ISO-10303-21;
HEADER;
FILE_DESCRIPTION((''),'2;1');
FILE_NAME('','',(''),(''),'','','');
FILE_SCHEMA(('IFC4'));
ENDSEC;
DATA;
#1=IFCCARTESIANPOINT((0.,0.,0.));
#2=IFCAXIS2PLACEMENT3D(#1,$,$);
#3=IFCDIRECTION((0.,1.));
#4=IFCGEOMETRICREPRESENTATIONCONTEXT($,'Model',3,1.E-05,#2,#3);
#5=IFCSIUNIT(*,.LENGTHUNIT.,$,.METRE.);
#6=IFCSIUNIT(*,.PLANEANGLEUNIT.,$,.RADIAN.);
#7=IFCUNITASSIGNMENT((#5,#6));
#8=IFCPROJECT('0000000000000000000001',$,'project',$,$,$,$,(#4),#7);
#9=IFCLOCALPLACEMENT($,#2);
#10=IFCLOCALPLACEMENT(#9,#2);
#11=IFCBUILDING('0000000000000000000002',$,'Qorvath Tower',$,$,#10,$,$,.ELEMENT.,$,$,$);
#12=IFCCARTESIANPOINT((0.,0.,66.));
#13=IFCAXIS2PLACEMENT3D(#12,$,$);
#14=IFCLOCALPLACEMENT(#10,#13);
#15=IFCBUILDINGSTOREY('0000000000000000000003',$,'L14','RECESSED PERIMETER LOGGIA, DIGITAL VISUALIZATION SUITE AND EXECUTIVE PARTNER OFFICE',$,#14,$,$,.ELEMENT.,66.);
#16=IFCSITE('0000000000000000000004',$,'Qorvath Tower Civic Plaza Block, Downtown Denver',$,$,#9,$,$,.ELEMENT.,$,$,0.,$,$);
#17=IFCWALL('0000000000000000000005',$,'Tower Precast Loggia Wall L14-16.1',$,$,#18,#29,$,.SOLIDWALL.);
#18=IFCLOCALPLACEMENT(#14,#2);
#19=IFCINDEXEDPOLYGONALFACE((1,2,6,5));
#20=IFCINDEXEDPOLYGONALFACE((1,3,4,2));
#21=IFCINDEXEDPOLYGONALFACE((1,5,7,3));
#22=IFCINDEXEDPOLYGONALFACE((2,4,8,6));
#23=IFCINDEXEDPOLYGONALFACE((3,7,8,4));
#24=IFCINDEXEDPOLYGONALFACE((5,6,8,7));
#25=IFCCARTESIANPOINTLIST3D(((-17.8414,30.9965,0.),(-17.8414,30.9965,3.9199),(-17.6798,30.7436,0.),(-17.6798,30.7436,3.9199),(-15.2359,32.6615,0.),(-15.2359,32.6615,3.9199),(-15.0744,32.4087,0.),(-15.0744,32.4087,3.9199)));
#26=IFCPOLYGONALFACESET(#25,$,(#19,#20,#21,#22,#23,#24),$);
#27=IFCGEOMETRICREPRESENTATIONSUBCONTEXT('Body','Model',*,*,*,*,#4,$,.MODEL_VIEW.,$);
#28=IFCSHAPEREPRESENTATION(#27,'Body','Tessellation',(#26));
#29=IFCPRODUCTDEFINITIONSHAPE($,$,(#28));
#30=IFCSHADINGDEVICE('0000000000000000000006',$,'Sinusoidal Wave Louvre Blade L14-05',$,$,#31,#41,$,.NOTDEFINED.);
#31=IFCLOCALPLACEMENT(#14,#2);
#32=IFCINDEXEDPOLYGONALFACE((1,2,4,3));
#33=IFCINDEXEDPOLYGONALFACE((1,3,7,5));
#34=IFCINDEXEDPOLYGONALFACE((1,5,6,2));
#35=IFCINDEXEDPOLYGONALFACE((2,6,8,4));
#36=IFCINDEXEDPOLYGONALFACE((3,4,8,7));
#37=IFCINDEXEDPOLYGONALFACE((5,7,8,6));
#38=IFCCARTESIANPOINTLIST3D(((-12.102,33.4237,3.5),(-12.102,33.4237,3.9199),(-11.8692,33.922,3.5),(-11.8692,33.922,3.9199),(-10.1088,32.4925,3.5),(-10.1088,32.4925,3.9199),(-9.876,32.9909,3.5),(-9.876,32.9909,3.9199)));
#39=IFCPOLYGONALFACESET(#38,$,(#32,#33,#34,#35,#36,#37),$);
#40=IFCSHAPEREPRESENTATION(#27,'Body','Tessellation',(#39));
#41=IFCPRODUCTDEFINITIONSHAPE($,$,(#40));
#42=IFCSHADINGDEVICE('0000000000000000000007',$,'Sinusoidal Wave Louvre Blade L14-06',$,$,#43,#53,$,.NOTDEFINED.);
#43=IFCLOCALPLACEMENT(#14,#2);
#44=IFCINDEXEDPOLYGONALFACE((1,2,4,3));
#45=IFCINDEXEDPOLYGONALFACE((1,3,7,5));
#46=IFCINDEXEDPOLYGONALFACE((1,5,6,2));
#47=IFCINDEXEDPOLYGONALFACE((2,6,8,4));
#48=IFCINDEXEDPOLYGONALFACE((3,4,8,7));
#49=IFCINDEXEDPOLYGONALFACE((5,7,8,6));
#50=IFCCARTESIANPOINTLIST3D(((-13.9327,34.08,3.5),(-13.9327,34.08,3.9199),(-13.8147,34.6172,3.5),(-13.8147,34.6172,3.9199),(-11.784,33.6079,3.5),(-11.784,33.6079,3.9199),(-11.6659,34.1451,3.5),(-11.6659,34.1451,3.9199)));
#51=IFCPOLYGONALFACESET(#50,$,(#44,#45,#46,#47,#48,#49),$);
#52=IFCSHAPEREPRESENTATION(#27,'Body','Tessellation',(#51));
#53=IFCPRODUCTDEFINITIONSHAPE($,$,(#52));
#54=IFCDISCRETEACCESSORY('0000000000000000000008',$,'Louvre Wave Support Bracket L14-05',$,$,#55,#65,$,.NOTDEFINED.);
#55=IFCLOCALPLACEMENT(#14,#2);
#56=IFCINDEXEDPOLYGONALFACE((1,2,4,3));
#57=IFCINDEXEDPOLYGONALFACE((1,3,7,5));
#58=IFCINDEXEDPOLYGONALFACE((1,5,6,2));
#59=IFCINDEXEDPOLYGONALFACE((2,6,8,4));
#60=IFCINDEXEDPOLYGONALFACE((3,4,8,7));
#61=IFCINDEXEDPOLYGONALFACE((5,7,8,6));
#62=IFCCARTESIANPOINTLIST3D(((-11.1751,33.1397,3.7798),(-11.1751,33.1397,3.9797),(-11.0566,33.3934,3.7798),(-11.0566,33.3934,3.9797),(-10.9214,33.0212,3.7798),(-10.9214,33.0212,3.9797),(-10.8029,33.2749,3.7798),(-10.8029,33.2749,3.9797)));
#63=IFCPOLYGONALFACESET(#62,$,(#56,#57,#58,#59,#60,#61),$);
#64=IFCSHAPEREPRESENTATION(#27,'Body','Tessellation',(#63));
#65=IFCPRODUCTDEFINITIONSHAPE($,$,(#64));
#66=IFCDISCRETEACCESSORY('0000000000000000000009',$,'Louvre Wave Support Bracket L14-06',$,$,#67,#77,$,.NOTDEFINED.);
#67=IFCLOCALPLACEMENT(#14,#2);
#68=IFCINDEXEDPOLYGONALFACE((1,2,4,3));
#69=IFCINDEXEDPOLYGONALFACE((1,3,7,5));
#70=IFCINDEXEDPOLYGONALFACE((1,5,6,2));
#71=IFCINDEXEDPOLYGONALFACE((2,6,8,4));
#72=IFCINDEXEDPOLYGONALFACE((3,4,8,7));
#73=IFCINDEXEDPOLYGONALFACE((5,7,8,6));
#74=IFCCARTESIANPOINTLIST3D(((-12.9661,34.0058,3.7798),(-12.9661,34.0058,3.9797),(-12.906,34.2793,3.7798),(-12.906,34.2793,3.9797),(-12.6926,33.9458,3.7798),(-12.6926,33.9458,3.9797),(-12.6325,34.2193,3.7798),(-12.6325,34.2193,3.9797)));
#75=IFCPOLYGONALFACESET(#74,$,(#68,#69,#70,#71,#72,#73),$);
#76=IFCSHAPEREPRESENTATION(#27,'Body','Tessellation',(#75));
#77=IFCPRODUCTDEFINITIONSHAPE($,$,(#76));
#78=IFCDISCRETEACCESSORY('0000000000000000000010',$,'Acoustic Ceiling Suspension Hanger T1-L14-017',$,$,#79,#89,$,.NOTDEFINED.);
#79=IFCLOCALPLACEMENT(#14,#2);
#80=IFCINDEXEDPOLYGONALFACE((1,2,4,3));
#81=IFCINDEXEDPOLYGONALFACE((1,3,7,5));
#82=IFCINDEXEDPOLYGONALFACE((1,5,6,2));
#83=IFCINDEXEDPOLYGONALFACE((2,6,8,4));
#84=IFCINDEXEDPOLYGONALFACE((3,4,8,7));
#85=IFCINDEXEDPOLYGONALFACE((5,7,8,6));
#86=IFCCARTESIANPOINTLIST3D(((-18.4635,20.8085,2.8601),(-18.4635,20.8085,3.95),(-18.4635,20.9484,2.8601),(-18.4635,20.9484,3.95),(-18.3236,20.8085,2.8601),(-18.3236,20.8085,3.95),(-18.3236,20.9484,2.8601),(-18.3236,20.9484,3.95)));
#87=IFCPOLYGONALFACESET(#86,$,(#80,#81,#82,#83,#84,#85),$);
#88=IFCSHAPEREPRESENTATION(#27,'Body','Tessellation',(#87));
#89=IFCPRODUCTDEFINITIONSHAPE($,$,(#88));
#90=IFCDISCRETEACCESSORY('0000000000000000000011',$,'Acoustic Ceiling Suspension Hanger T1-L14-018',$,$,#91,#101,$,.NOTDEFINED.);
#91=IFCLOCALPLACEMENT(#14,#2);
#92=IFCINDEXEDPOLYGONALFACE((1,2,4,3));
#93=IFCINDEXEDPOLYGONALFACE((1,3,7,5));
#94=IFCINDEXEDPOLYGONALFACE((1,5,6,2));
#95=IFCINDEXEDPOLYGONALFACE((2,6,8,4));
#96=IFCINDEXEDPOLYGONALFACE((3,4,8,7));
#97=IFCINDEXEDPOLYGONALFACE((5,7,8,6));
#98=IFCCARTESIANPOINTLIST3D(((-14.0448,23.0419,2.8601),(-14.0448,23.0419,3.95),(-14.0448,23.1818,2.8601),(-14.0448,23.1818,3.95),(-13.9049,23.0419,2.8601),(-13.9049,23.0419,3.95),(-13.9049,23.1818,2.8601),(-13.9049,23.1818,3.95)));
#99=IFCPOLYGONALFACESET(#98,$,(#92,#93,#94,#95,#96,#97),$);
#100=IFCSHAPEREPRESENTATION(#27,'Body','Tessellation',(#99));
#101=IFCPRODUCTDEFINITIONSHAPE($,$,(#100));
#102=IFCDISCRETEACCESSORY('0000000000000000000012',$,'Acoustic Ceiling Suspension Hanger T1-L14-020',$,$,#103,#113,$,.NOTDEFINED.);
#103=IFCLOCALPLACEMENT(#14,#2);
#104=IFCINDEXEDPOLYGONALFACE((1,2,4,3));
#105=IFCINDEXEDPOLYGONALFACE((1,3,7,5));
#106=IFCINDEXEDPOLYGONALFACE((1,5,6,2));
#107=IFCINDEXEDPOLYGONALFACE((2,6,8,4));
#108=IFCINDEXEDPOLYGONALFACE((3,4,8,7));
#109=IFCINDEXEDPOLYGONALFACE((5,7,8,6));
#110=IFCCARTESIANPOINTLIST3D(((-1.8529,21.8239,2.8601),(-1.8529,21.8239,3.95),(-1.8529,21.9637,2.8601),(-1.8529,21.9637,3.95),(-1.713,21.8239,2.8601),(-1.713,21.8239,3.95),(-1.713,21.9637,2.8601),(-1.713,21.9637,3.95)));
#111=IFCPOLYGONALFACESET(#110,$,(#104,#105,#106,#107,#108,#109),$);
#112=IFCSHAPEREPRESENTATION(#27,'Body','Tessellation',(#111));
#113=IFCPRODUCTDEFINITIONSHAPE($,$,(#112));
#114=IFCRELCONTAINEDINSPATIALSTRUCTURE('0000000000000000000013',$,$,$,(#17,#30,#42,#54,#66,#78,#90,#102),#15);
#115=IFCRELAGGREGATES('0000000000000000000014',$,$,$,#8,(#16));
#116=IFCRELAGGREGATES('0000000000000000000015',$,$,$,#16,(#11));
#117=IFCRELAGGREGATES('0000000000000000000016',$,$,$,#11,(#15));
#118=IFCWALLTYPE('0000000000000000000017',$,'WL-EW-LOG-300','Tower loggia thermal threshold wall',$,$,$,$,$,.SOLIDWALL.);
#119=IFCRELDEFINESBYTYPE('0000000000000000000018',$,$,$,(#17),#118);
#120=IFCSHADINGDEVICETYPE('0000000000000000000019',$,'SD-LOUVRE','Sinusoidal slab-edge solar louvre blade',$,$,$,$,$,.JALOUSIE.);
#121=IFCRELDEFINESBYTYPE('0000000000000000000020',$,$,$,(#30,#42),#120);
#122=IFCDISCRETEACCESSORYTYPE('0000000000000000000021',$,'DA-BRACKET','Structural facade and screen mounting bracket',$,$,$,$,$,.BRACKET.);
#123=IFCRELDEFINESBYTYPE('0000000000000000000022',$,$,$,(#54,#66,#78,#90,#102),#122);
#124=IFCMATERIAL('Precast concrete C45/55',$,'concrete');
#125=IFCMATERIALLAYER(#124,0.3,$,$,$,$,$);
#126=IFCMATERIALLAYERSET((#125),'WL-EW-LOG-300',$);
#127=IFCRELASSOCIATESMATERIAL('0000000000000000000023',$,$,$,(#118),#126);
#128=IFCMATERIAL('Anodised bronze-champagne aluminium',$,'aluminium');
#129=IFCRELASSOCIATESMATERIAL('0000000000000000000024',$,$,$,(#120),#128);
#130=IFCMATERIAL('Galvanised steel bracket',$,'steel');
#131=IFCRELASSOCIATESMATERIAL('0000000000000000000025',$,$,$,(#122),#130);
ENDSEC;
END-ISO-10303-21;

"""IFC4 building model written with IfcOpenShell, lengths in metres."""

from ifc_helpers import new_model, si_unit, direction, frame, frame_2d, origin, origin_2d, place, context, subcontext, project, spatial, rectangle, extrude, material, layer, layer_set, type_object, element, save


model = new_model("IFC4")

# Units and contexts
model_context = context("Model", 3, precision=1e-05, world=origin(), true_north=direction((0.0, 1.0)))
body_context = subcontext(model_context, "Body", "Model", "MODEL_VIEW")
ifc_project = project(units=[si_unit("LENGTHUNIT", "METRE"), si_unit("PLANEANGLEUNIT", "RADIAN")], contexts=[model_context])

# Site, building, storey
site_placement = place(None, origin())
site = spatial("IfcSite", under=ifc_project, at=site_placement, Name="Qorvath Tower Civic Plaza Block, Downtown Denver", CompositionType="ELEMENT", RefElevation=0.0)
building_placement = place(site_placement, origin())
building = spatial("IfcBuilding", under=site, at=building_placement, Name="Qorvath Tower", CompositionType="ELEMENT")
storey_placement = place(building_placement, frame((0.0, 0.0, 66.0)))
storey = spatial("IfcBuildingStorey", under=building, at=storey_placement, Name="L14", Description="RECESSED PERIMETER LOGGIA, DIGITAL VISUALIZATION SUITE AND EXECUTIVE PARTNER OFFICE", CompositionType="ELEMENT", Elevation=66.0)

# Wall
ifc_material_1 = material(Name="Precast concrete C45/55", Category="concrete")
ifc_layer_1 = layer(ifc_material_1, 0.3)
ifc_layer_set_1 = layer_set([ifc_layer_1], Name="WL-EW-LOG-300")
wall_type = type_object("IfcWallType", Name="WL-EW-LOG-300", Description="Tower loggia thermal threshold wall", PredefinedType="SOLIDWALL", material=ifc_layer_set_1)
wall_placement = place(storey_placement, frame((-17.7605, 30.8701, 0.0), z_axis=(0.0, 0.0, 1.0), x_axis=(0.842633, 0.538489, 0.0)))
element("IfcWall", 1, at=wall_placement, inside=storey, type_object=wall_type, Name="Tower Precast Loggia Wall L14-16.1", PredefinedType="SOLIDWALL", context=body_context, shape_type="SweptSolid", body=[
    extrude(rectangle(XDim=3.092, YDim=0.3, at=frame_2d((1.5459, 0.0))), origin(), (0.0, 0.0, 1.0), 3.9199),
])

# Shading devices
ifc_material_2 = material(Name="Anodised bronze-champagne aluminium", Category="aluminium")
shading_device_type = type_object("IfcShadingDeviceType", Name="SD-LOUVRE", Description="Sinusoidal slab-edge solar louvre blade", PredefinedType="JALOUSIE", material=ifc_material_2)
for number, where, z_axis, x_axis, name in (
    (2, (-10.989, 33.2073, 3.5), (0.0, 0.0, 1.0), (-0.906013, 0.423251, 0.0), "Sinusoidal Wave Louvre Blade L14-05"),
    (3, (-12.7993, 34.1125, 3.5), (0.0, 0.0, 1.0), (-0.976707, 0.214575, 0.0), "Sinusoidal Wave Louvre Blade L14-06"),
):
    element("IfcShadingDevice", number, at=place(storey_placement, frame(where, z_axis=z_axis, x_axis=x_axis)), inside=storey, type_object=shading_device_type, Name=name, PredefinedType="NOTDEFINED", context=body_context, shape_type="SweptSolid", body=[
        extrude(rectangle(XDim=2.2, YDim=0.55, at=origin_2d()), origin(), (0.0, 0.0, 1.0), 0.4199),
    ])

# Discrete accessories
ifc_material_3 = material(Name="Galvanised steel bracket", Category="steel")
discrete_accessory_type = type_object("IfcDiscreteAccessoryType", Name="DA-BRACKET", Description="Structural facade and screen mounting bracket", PredefinedType="BRACKET", material=ifc_material_3)
for number, where, z_axis, x_axis, name in (
    (4, (-10.989, 33.2073, 3.7798), (0.0, 0.0, 1.0), (-0.906013, 0.423251, 0.0), "Louvre Wave Support Bracket L14-05"),
    (5, (-12.7993, 34.1125, 3.7798), (0.0, 0.0, 1.0), (-0.976707, 0.214575, 0.0), "Louvre Wave Support Bracket L14-06"),
):
    element("IfcDiscreteAccessory", number, at=place(storey_placement, frame(where, z_axis=z_axis, x_axis=x_axis)), inside=storey, type_object=discrete_accessory_type, Name=name, PredefinedType="NOTDEFINED", context=body_context, shape_type="SweptSolid", body=[
        extrude(rectangle(XDim=0.28, YDim=0.28, at=origin_2d()), origin(), (0.0, 0.0, 1.0), 0.2),
    ])
for number, where, z_axis, x_axis, name in (
    (6, (-18.3936, 20.8784, 2.8601), (0.0, 0.0, 1.0), (1.0, 0.0, 0.0), "Acoustic Ceiling Suspension Hanger T1-L14-017"),
    (7, (-13.9749, 23.1118, 2.8601), (0.0, 0.0, 1.0), (1.0, 0.0, 0.0), "Acoustic Ceiling Suspension Hanger T1-L14-018"),
    (8, (-1.783, 21.8938, 2.8601), (0.0, 0.0, 1.0), (1.0, 0.0, 0.0), "Acoustic Ceiling Suspension Hanger T1-L14-020"),
):
    element("IfcDiscreteAccessory", number, at=place(storey_placement, frame(where, z_axis=z_axis, x_axis=x_axis)), inside=storey, type_object=discrete_accessory_type, Name=name, PredefinedType="NOTDEFINED", context=body_context, shape_type="SweptSolid", body=[
        extrude(rectangle(XDim=0.1399, YDim=0.1399, at=origin_2d()), origin(), (0.0, 0.0, 1.0), 1.0898),
    ])

save(model, "model.ifc")
